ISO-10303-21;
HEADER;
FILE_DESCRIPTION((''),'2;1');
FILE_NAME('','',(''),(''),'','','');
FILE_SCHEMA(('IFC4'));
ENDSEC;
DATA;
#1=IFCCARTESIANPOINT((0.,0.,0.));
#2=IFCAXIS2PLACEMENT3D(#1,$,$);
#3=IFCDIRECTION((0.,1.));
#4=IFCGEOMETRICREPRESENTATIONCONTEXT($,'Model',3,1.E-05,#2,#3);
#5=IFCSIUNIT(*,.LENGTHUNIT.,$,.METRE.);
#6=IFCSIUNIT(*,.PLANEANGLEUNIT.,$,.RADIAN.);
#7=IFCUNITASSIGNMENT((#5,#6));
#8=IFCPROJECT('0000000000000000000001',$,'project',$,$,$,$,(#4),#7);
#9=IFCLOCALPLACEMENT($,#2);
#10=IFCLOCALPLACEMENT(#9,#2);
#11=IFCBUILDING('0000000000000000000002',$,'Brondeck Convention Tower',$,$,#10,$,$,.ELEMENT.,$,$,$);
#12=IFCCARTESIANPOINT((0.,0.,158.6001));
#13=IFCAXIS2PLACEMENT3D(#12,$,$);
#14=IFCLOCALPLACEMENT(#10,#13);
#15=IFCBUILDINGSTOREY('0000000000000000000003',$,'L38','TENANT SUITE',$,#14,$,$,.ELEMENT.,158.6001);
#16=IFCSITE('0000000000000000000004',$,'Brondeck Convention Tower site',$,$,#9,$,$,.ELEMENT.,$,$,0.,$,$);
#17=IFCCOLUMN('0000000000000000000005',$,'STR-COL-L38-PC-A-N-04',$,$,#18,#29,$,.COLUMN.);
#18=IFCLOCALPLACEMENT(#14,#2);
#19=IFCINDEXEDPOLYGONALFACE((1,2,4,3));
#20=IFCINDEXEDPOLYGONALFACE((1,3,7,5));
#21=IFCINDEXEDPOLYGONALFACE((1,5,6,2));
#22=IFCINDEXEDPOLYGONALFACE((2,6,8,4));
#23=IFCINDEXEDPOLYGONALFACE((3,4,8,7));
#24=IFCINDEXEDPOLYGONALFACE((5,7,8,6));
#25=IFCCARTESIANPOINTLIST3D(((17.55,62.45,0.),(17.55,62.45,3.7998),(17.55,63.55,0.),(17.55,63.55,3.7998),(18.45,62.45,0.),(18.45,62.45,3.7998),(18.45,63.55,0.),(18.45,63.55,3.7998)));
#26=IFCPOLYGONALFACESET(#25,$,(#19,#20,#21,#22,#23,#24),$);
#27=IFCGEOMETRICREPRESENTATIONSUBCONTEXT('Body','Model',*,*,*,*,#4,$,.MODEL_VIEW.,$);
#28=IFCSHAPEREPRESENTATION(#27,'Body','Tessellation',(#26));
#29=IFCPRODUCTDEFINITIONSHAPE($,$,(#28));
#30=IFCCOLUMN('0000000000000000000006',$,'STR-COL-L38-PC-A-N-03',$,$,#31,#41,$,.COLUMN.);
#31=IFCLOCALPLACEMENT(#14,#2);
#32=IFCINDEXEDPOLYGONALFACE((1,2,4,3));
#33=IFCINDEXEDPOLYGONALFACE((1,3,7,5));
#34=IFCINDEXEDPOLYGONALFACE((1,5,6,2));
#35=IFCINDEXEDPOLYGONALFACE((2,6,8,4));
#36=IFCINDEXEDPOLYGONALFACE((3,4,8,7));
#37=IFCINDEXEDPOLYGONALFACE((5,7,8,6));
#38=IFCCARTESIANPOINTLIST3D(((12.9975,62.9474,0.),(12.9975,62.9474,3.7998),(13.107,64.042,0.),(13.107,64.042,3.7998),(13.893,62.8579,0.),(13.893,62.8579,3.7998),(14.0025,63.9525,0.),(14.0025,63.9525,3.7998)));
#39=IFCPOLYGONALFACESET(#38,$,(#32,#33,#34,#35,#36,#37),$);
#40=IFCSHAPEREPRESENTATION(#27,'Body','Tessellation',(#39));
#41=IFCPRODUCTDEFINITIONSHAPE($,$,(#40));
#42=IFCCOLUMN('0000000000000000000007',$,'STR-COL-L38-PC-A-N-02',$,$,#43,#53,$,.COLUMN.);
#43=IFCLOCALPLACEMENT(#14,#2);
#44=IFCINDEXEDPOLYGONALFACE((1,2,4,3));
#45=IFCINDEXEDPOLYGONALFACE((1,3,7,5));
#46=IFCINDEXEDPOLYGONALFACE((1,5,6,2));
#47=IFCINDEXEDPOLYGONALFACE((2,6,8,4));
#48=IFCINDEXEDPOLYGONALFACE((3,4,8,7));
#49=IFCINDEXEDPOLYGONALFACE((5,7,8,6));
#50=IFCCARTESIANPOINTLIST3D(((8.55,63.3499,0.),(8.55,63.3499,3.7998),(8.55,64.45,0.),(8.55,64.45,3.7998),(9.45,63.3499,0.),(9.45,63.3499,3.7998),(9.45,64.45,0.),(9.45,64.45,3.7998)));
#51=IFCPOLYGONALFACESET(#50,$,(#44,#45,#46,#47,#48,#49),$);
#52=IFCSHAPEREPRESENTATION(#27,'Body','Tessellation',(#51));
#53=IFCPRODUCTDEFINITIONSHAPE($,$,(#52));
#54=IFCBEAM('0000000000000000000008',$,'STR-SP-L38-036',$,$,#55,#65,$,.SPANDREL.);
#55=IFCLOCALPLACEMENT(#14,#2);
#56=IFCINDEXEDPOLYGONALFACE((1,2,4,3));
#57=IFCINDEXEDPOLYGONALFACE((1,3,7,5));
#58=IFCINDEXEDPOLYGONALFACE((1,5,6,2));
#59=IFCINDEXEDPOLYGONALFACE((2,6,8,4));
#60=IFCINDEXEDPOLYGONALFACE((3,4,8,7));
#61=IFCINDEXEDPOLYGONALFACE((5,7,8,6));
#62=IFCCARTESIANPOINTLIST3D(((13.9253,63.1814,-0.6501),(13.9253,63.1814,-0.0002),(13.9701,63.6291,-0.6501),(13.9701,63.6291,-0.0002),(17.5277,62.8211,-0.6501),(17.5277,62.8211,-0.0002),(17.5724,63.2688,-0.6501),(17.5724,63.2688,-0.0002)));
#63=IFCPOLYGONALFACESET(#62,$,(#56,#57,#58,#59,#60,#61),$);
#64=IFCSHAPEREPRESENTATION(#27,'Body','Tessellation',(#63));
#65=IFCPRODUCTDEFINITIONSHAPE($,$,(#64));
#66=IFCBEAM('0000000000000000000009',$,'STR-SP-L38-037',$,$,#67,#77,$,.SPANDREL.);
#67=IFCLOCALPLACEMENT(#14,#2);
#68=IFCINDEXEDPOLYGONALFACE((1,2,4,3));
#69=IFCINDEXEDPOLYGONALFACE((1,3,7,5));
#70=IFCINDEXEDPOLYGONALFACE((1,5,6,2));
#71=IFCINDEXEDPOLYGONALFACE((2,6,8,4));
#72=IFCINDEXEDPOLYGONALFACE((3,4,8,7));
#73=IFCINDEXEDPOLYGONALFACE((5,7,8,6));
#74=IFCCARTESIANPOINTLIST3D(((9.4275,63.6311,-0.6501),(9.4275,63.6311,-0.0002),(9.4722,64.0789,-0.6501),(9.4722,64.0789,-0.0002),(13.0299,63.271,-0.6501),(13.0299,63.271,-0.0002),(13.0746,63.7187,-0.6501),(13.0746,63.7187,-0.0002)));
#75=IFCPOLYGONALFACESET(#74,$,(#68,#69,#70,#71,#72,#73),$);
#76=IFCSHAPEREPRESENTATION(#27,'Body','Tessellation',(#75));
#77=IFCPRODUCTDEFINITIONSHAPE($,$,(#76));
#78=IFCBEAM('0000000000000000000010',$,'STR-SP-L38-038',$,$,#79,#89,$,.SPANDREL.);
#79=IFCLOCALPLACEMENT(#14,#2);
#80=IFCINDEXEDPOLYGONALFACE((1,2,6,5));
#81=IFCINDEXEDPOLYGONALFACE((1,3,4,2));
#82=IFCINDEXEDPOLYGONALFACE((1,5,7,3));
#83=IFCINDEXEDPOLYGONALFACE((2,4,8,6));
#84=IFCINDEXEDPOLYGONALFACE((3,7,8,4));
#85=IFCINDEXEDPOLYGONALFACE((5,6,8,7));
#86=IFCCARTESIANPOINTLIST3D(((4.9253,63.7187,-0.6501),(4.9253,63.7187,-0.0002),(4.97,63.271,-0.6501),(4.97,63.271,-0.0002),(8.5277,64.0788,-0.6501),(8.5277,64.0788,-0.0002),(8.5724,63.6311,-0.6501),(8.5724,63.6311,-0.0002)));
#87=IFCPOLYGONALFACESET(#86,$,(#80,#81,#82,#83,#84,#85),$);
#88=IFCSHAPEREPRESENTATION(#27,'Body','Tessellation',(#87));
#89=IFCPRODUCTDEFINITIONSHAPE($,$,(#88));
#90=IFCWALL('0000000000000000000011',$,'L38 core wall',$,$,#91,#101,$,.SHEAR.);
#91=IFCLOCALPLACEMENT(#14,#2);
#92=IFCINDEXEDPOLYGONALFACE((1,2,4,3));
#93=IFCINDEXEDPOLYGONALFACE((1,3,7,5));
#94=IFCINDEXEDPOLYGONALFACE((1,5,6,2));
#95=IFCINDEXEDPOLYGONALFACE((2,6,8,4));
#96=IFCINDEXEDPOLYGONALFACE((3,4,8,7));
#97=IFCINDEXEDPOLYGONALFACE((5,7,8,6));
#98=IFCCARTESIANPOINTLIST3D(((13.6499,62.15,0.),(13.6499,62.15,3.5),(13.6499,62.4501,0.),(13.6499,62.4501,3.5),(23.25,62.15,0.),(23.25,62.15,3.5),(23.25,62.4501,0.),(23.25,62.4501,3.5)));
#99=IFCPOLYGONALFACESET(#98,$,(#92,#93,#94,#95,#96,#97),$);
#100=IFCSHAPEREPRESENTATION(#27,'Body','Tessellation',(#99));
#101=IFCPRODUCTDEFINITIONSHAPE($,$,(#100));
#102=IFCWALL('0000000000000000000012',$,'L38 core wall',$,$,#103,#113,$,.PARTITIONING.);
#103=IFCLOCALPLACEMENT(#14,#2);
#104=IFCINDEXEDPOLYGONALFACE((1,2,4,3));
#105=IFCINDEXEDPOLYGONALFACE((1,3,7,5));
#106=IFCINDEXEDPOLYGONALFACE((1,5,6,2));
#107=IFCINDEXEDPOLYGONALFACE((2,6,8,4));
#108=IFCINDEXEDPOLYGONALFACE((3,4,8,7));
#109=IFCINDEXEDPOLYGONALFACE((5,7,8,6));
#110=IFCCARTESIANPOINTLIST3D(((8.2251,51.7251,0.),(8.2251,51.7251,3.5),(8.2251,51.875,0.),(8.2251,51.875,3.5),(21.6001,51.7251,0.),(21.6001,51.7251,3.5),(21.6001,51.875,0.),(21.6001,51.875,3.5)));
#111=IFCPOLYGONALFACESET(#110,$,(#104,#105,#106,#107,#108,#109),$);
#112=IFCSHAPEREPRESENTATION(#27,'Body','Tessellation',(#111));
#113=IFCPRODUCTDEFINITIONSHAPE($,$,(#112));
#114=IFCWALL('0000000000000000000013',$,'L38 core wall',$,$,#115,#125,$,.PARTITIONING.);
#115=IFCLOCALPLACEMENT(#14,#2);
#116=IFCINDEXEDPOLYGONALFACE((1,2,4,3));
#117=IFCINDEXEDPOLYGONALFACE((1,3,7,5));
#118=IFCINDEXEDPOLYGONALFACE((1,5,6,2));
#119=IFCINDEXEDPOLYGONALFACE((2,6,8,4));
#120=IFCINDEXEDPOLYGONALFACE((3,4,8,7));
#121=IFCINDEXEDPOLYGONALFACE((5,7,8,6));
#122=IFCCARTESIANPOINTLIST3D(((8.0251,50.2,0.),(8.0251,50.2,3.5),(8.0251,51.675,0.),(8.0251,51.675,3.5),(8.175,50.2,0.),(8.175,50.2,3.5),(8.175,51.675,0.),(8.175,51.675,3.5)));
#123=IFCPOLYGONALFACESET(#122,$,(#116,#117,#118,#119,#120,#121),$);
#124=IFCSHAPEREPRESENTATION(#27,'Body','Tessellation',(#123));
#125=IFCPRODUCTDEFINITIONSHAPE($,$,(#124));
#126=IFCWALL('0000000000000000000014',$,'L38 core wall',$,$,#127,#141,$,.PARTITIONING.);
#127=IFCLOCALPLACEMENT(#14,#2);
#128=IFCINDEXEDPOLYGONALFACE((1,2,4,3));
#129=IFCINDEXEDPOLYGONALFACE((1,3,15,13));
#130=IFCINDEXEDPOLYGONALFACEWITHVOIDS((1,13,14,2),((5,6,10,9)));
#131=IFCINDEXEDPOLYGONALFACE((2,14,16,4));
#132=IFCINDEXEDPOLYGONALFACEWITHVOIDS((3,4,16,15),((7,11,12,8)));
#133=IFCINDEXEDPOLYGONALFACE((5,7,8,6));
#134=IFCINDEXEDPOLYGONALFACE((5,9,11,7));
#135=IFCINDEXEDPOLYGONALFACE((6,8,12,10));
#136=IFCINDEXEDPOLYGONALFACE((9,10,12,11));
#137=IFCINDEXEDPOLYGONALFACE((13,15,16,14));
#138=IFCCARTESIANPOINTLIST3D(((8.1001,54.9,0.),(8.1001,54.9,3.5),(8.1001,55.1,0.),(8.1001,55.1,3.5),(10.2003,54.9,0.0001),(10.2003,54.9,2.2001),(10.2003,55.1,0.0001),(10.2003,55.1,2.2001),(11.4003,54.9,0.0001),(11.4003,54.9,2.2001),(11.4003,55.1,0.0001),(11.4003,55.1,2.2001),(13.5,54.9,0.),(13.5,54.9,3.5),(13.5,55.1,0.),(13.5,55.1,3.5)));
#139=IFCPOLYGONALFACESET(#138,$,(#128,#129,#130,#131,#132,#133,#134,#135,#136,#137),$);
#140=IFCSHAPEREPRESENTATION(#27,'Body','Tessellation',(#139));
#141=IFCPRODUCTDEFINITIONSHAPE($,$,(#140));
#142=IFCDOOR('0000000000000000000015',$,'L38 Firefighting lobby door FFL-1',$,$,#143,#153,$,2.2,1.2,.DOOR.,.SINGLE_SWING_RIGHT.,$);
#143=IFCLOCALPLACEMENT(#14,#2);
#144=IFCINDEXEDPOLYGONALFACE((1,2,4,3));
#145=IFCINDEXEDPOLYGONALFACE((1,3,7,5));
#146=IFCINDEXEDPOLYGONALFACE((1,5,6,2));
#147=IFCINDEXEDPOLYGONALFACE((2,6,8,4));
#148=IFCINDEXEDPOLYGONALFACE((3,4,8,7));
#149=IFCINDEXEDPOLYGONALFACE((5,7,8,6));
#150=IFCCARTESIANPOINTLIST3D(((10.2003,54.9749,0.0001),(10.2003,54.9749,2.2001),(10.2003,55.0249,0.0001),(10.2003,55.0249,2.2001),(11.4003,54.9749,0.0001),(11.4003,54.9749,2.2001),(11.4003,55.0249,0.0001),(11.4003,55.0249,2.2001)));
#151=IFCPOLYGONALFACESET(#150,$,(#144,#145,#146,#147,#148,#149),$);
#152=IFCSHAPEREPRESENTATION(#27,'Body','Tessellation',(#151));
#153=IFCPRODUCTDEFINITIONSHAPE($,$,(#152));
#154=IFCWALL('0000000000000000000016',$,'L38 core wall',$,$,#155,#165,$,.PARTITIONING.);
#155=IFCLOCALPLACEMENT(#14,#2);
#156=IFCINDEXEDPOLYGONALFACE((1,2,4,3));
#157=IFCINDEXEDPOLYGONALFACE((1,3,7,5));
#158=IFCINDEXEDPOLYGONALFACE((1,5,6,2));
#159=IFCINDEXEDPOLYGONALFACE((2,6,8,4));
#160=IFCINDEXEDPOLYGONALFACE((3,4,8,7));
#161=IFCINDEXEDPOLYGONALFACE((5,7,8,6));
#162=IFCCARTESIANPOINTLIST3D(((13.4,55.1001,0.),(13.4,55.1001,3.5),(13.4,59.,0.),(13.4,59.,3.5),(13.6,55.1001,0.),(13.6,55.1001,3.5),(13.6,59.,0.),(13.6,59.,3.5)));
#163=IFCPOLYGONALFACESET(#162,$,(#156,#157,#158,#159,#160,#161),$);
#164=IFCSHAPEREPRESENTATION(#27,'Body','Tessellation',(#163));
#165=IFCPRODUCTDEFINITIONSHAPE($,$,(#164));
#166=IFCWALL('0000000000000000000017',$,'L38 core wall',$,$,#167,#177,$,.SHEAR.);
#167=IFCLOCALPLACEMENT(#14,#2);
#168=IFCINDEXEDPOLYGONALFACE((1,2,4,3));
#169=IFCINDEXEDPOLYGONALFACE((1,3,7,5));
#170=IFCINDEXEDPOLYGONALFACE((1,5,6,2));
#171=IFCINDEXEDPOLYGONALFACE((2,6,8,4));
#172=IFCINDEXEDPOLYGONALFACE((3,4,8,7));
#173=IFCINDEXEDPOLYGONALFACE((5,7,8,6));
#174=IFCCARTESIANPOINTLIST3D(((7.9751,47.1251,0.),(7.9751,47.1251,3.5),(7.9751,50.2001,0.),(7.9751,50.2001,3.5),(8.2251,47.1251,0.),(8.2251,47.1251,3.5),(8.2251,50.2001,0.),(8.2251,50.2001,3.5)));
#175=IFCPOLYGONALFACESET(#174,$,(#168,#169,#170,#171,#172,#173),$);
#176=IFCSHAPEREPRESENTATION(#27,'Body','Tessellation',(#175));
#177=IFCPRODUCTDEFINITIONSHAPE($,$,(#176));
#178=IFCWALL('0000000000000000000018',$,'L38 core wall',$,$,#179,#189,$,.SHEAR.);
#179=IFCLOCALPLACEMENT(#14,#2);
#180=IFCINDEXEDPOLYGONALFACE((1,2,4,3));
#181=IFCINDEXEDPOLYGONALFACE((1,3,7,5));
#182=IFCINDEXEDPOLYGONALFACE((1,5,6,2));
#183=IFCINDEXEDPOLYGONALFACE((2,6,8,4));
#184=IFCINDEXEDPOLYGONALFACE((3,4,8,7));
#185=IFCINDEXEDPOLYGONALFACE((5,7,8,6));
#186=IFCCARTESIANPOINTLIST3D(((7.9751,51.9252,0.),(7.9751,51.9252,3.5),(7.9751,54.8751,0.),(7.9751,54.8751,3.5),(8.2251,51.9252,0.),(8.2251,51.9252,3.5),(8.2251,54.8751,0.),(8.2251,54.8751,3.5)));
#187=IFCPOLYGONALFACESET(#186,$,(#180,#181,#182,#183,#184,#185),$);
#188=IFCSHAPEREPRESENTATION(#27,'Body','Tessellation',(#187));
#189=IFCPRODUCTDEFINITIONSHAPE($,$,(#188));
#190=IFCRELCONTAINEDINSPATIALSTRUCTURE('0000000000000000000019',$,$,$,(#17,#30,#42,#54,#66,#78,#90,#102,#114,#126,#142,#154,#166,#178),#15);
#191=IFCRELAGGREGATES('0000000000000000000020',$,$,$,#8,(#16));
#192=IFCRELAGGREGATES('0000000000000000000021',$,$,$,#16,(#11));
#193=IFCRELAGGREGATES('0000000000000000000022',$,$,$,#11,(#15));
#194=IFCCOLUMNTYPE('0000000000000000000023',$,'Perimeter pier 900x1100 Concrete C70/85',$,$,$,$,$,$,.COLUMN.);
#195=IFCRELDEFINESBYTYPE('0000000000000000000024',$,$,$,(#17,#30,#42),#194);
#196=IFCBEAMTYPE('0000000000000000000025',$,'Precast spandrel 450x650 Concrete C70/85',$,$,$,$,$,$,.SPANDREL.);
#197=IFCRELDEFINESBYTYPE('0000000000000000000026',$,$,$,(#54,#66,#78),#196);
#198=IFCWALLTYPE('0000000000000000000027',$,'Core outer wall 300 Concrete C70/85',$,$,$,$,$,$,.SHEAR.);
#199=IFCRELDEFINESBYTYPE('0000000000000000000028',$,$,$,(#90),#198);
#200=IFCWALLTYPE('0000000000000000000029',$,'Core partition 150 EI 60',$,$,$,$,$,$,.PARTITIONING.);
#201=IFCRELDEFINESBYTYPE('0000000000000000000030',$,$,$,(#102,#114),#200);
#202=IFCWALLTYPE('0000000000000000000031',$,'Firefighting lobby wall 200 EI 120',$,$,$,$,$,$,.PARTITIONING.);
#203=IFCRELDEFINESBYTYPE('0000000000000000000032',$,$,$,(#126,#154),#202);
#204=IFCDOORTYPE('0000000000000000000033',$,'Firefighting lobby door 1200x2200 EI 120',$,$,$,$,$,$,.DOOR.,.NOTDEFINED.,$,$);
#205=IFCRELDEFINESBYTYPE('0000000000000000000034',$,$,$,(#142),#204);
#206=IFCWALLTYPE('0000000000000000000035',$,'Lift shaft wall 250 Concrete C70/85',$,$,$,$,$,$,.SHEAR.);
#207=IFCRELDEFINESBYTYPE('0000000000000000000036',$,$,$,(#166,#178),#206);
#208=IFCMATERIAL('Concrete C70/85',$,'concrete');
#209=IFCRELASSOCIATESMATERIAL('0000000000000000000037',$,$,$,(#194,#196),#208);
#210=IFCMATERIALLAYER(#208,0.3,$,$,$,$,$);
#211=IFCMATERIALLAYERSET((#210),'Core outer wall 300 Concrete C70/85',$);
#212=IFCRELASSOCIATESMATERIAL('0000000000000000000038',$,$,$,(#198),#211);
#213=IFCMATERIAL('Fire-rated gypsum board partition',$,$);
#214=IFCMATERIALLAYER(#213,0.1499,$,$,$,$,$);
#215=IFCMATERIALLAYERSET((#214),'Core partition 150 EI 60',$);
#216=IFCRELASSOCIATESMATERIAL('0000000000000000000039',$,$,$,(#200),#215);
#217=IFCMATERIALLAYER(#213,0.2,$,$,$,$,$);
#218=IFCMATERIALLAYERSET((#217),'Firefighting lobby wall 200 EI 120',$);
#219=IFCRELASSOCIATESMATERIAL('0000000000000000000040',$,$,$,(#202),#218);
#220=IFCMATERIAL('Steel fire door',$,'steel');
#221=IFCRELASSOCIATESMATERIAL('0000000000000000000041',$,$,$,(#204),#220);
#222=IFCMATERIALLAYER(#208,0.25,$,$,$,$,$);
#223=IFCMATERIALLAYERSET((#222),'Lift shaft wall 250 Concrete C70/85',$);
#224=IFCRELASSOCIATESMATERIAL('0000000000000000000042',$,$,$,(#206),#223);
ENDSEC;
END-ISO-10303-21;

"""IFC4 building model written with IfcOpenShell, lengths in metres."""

from ifc_helpers import new_model, si_unit, direction, frame, frame_2d, origin, origin_2d, place, context, subcontext, project, spatial, rectangle, extrude, material, layer, layer_set, material_profile, profile_set, type_object, element, fill, save


model = new_model("IFC4")

# Units and contexts
model_context = context("Model", 3, precision=1e-05, world=origin(), true_north=direction((0.0, 1.0)))
body_context = subcontext(model_context, "Body", "Model", "MODEL_VIEW")
ifc_project = project(units=[si_unit("LENGTHUNIT", "METRE"), si_unit("PLANEANGLEUNIT", "RADIAN")], contexts=[model_context])

# Site, building, storey
site_placement = place(None, origin())
site = spatial("IfcSite", under=ifc_project, at=site_placement, Name="Brondeck Convention Tower site", CompositionType="ELEMENT", RefElevation=0.0)
building_placement = place(site_placement, origin())
building = spatial("IfcBuilding", under=site, at=building_placement, Name="Brondeck Convention Tower", CompositionType="ELEMENT")
storey_placement = place(building_placement, frame((0.0, 0.0, 158.6001)))
storey = spatial("IfcBuildingStorey", under=building, at=storey_placement, Name="L38", Description="TENANT SUITE", CompositionType="ELEMENT", Elevation=158.6001)

# Columns
ifc_material_1 = material(Name="Concrete C70/85", Category="concrete")
ifc_material_profile_1 = material_profile(ifc_material_1, rectangle(XDim=0.8999, YDim=1.1001, at=origin_2d()), Name="Perimeter pier 900x1100 Concrete C70/85")
ifc_profile_set_1 = profile_set([ifc_material_profile_1], Name="Concrete C70/85")
column_type = type_object("IfcColumnType", Name="Perimeter pier 900x1100 Concrete C70/85", PredefinedType="COLUMN", material=ifc_profile_set_1)
for number, where, z_axis, x_axis, name in (
    (1, (18.0, 63.0, 0.0), (0.0, 0.0, 1.0), (-1.0, 0.0, 0.0), "STR-COL-L38-PC-A-N-04"),
    (2, (13.5, 63.45, 0.0), (0.0, 0.0, 1.0), (-0.995037, 0.099504, 0.0), "STR-COL-L38-PC-A-N-03"),
    (3, (9.0, 63.8999, 0.0), (0.0, 0.0, 1.0), (-1.0, 0.0, 0.0), "STR-COL-L38-PC-A-N-02"),
):
    element("IfcColumn", number, at=place(storey_placement, frame(where, z_axis=z_axis, x_axis=x_axis)), inside=storey, type_object=column_type, Name=name, PredefinedType="COLUMN", context=body_context, shape_type="SweptSolid", body=[
        extrude(rectangle(XDim=0.8999, YDim=1.1001, at=origin_2d()), origin(), (0.0, 0.0, 1.0), 3.7998),
    ])

# Beams
ifc_material_profile_2 = material_profile(ifc_material_1, rectangle(XDim=0.45, YDim=0.6499, at=origin_2d()), Name="Precast spandrel 450x650 Concrete C70/85")
ifc_profile_set_2 = profile_set([ifc_material_profile_2], Name="Concrete C70/85")
beam_type = type_object("IfcBeamType", Name="Precast spandrel 450x650 Concrete C70/85", PredefinedType="SPANDREL", material=ifc_profile_set_2)
for number, where, z_axis, x_axis, name in (
    (4, (17.55, 63.0449, -0.3252), (-0.995034, 0.099537, 0.0), (-0.099537, -0.995034, 0.0), "STR-SP-L38-036"),
    (5, (13.0522, 63.4949, -0.3252), (-0.995041, 0.09947, 0.0), (-0.09947, -0.995041, 0.0), "STR-SP-L38-037"),
    (6, (8.55, 63.855, -0.3252), (-0.995041, -0.09947, 0.0), (0.09947, -0.995041, 0.0), "STR-SP-L38-038"),
):
    element("IfcBeam", number, at=place(storey_placement, frame(where, z_axis=z_axis, x_axis=x_axis)), inside=storey, type_object=beam_type, Name=name, PredefinedType="SPANDREL", context=body_context, shape_type="SweptSolid", body=[
        extrude(rectangle(XDim=0.45, YDim=0.6499, at=origin_2d()), origin(), (0.0, 0.0, 1.0), 3.6204),
    ])

# Walls
ifc_layer_1 = layer(ifc_material_1, 0.3)
ifc_layer_set_1 = layer_set([ifc_layer_1], Name="Core outer wall 300 Concrete C70/85")
wall_type_1 = type_object("IfcWallType", Name="Core outer wall 300 Concrete C70/85", PredefinedType="SHEAR", material=ifc_layer_set_1)
wall_1_placement = place(storey_placement, frame((13.6499, 62.3, 0.0), z_axis=(0.0, 0.0, 1.0), x_axis=(1.0, 0.0, 0.0)))
element("IfcWall", 7, at=wall_1_placement, inside=storey, type_object=wall_type_1, Name="L38 core wall", PredefinedType="SHEAR", context=body_context, shape_type="SweptSolid", body=[
    extrude(rectangle(XDim=9.6001, YDim=0.3, at=frame_2d((4.8, 0.0))), origin(), (0.0, 0.0, 1.0), 3.5),
])
ifc_material_2 = material(Name="Fire-rated gypsum board partition")
ifc_layer_2 = layer(ifc_material_2, 0.1499)
ifc_layer_set_2 = layer_set([ifc_layer_2], Name="Core partition 150 EI 60")
wall_type_2 = type_object("IfcWallType", Name="Core partition 150 EI 60", PredefinedType="PARTITIONING", material=ifc_layer_set_2)
wall_2_placement = place(storey_placement, frame((8.2251, 51.8, 0.0), z_axis=(0.0, 0.0, 1.0), x_axis=(1.0, 0.0, 0.0)))
element("IfcWall", 8, at=wall_2_placement, inside=storey, type_object=wall_type_2, Name="L38 core wall", PredefinedType="PARTITIONING", context=body_context, shape_type="SweptSolid", body=[
    extrude(rectangle(XDim=13.375, YDim=0.1499, at=frame_2d((6.6875, 0.0))), origin(), (0.0, 0.0, 1.0), 3.5),
])
wall_3_placement = place(storey_placement, frame((8.1001, 50.2, 0.0), z_axis=(0.0, 0.0, 1.0), x_axis=(0.0, 1.0, 0.0)))
element("IfcWall", 9, at=wall_3_placement, inside=storey, type_object=wall_type_2, Name="L38 core wall", PredefinedType="PARTITIONING", context=body_context, shape_type="SweptSolid", body=[
    extrude(rectangle(XDim=1.4751, YDim=0.1499, at=frame_2d((0.7375, 0.0))), origin(), (0.0, 0.0, 1.0), 3.5),
])

# Wall, opening, door
ifc_layer_3 = layer(ifc_material_2, 0.2)
ifc_layer_set_3 = layer_set([ifc_layer_3], Name="Firefighting lobby wall 200 EI 120")
wall_type_3 = type_object("IfcWallType", Name="Firefighting lobby wall 200 EI 120", PredefinedType="PARTITIONING", material=ifc_layer_set_3)
wall_4_placement = place(storey_placement, frame((8.1001, 55.0, 0.0), z_axis=(0.0, 0.0, 1.0), x_axis=(1.0, 0.0, 0.0)))
wall_4 = element("IfcWall", 10, at=wall_4_placement, inside=storey, type_object=wall_type_3, Name="L38 core wall", PredefinedType="PARTITIONING", context=body_context, shape_type="SweptSolid", body=[
    extrude(rectangle(XDim=5.3999, YDim=0.2, at=frame_2d((2.7, 0.0))), origin(), (0.0, 0.0, 1.0), 3.5),
])
opening_1_placement = place(wall_4_placement, frame((2.1001, 0.0, 0.0)))
opening_1 = element("IfcOpeningElement", 11, at=opening_1_placement, cuts=wall_4, PredefinedType="OPENING", context=body_context, shape_type="SweptSolid", body=[
    extrude(rectangle(XDim=1.2, YDim=2.2, at=frame_2d((0.6001, 1.1001))), frame((0.0, 0.1099, 0.0), z_axis=(0.0, -1.0, 0.0), x_axis=(1.0, 0.0, 0.0)), (0.0, 0.0, 1.0), 0.22),
])
ifc_material_3 = material(Name="Steel fire door", Category="steel")
door_type_1 = type_object("IfcDoorType", Name="Firefighting lobby door 1200x2200 EI 120", OperationType="NOTDEFINED", PredefinedType="DOOR", material=ifc_material_3)
door_1_placement = place(opening_1_placement, origin())
door_1 = element("IfcDoor", 12, at=door_1_placement, inside=storey, type_object=door_type_1, Name="L38 Firefighting lobby door FFL-1", OperationType="SINGLE_SWING_RIGHT", OverallHeight=2.2, OverallWidth=1.2, PredefinedType="DOOR", context=body_context, shape_type="SweptSolid", body=[
    extrude(rectangle(XDim=1.2, YDim=2.2, at=frame_2d((0.6001, 1.1001))), frame((0.0, 0.0249, 0.0), z_axis=(0.0, -1.0, 0.0), x_axis=(1.0, 0.0, 0.0)), (0.0, 0.0, 1.0), 0.05),
])
fill(opening_1, door_1)

# Walls
wall_5_placement = place(storey_placement, frame((13.5, 55.1001, 0.0), z_axis=(0.0, 0.0, 1.0), x_axis=(0.0, 1.0, 0.0)))
element("IfcWall", 13, at=wall_5_placement, inside=storey, type_object=wall_type_3, Name="L38 core wall", PredefinedType="PARTITIONING", context=body_context, shape_type="SweptSolid", body=[
    extrude(rectangle(XDim=3.8999, YDim=0.2, at=frame_2d((1.95, 0.0))), origin(), (0.0, 0.0, 1.0), 3.5),
])
ifc_layer_4 = layer(ifc_material_1, 0.25)
ifc_layer_set_4 = layer_set([ifc_layer_4], Name="Lift shaft wall 250 Concrete C70/85")
wall_type_4 = type_object("IfcWallType", Name="Lift shaft wall 250 Concrete C70/85", PredefinedType="SHEAR", material=ifc_layer_set_4)
wall_6_placement = place(storey_placement, frame((8.1001, 47.125, 0.0), z_axis=(0.0, 0.0, 1.0), x_axis=(0.0, 1.0, 0.0)))
element("IfcWall", 14, at=wall_6_placement, inside=storey, type_object=wall_type_4, Name="L38 core wall", PredefinedType="SHEAR", context=body_context, shape_type="SweptSolid", body=[
    extrude(rectangle(XDim=3.075, YDim=0.25, at=frame_2d((1.5376, 0.0))), origin(), (0.0, 0.0, 1.0), 3.5),
])
wall_7_placement = place(storey_placement, frame((8.1001, 51.925, 0.0), z_axis=(0.0, 0.0, 1.0), x_axis=(0.0, 1.0, 0.0)))
element("IfcWall", 15, at=wall_7_placement, inside=storey, type_object=wall_type_4, Name="L38 core wall", PredefinedType="SHEAR", context=body_context, shape_type="SweptSolid", body=[
    extrude(rectangle(XDim=2.95, YDim=0.25, at=frame_2d((1.4751, 0.0))), origin(), (0.0, 0.0, 1.0), 3.5),
])

save(model, "model.ifc")
